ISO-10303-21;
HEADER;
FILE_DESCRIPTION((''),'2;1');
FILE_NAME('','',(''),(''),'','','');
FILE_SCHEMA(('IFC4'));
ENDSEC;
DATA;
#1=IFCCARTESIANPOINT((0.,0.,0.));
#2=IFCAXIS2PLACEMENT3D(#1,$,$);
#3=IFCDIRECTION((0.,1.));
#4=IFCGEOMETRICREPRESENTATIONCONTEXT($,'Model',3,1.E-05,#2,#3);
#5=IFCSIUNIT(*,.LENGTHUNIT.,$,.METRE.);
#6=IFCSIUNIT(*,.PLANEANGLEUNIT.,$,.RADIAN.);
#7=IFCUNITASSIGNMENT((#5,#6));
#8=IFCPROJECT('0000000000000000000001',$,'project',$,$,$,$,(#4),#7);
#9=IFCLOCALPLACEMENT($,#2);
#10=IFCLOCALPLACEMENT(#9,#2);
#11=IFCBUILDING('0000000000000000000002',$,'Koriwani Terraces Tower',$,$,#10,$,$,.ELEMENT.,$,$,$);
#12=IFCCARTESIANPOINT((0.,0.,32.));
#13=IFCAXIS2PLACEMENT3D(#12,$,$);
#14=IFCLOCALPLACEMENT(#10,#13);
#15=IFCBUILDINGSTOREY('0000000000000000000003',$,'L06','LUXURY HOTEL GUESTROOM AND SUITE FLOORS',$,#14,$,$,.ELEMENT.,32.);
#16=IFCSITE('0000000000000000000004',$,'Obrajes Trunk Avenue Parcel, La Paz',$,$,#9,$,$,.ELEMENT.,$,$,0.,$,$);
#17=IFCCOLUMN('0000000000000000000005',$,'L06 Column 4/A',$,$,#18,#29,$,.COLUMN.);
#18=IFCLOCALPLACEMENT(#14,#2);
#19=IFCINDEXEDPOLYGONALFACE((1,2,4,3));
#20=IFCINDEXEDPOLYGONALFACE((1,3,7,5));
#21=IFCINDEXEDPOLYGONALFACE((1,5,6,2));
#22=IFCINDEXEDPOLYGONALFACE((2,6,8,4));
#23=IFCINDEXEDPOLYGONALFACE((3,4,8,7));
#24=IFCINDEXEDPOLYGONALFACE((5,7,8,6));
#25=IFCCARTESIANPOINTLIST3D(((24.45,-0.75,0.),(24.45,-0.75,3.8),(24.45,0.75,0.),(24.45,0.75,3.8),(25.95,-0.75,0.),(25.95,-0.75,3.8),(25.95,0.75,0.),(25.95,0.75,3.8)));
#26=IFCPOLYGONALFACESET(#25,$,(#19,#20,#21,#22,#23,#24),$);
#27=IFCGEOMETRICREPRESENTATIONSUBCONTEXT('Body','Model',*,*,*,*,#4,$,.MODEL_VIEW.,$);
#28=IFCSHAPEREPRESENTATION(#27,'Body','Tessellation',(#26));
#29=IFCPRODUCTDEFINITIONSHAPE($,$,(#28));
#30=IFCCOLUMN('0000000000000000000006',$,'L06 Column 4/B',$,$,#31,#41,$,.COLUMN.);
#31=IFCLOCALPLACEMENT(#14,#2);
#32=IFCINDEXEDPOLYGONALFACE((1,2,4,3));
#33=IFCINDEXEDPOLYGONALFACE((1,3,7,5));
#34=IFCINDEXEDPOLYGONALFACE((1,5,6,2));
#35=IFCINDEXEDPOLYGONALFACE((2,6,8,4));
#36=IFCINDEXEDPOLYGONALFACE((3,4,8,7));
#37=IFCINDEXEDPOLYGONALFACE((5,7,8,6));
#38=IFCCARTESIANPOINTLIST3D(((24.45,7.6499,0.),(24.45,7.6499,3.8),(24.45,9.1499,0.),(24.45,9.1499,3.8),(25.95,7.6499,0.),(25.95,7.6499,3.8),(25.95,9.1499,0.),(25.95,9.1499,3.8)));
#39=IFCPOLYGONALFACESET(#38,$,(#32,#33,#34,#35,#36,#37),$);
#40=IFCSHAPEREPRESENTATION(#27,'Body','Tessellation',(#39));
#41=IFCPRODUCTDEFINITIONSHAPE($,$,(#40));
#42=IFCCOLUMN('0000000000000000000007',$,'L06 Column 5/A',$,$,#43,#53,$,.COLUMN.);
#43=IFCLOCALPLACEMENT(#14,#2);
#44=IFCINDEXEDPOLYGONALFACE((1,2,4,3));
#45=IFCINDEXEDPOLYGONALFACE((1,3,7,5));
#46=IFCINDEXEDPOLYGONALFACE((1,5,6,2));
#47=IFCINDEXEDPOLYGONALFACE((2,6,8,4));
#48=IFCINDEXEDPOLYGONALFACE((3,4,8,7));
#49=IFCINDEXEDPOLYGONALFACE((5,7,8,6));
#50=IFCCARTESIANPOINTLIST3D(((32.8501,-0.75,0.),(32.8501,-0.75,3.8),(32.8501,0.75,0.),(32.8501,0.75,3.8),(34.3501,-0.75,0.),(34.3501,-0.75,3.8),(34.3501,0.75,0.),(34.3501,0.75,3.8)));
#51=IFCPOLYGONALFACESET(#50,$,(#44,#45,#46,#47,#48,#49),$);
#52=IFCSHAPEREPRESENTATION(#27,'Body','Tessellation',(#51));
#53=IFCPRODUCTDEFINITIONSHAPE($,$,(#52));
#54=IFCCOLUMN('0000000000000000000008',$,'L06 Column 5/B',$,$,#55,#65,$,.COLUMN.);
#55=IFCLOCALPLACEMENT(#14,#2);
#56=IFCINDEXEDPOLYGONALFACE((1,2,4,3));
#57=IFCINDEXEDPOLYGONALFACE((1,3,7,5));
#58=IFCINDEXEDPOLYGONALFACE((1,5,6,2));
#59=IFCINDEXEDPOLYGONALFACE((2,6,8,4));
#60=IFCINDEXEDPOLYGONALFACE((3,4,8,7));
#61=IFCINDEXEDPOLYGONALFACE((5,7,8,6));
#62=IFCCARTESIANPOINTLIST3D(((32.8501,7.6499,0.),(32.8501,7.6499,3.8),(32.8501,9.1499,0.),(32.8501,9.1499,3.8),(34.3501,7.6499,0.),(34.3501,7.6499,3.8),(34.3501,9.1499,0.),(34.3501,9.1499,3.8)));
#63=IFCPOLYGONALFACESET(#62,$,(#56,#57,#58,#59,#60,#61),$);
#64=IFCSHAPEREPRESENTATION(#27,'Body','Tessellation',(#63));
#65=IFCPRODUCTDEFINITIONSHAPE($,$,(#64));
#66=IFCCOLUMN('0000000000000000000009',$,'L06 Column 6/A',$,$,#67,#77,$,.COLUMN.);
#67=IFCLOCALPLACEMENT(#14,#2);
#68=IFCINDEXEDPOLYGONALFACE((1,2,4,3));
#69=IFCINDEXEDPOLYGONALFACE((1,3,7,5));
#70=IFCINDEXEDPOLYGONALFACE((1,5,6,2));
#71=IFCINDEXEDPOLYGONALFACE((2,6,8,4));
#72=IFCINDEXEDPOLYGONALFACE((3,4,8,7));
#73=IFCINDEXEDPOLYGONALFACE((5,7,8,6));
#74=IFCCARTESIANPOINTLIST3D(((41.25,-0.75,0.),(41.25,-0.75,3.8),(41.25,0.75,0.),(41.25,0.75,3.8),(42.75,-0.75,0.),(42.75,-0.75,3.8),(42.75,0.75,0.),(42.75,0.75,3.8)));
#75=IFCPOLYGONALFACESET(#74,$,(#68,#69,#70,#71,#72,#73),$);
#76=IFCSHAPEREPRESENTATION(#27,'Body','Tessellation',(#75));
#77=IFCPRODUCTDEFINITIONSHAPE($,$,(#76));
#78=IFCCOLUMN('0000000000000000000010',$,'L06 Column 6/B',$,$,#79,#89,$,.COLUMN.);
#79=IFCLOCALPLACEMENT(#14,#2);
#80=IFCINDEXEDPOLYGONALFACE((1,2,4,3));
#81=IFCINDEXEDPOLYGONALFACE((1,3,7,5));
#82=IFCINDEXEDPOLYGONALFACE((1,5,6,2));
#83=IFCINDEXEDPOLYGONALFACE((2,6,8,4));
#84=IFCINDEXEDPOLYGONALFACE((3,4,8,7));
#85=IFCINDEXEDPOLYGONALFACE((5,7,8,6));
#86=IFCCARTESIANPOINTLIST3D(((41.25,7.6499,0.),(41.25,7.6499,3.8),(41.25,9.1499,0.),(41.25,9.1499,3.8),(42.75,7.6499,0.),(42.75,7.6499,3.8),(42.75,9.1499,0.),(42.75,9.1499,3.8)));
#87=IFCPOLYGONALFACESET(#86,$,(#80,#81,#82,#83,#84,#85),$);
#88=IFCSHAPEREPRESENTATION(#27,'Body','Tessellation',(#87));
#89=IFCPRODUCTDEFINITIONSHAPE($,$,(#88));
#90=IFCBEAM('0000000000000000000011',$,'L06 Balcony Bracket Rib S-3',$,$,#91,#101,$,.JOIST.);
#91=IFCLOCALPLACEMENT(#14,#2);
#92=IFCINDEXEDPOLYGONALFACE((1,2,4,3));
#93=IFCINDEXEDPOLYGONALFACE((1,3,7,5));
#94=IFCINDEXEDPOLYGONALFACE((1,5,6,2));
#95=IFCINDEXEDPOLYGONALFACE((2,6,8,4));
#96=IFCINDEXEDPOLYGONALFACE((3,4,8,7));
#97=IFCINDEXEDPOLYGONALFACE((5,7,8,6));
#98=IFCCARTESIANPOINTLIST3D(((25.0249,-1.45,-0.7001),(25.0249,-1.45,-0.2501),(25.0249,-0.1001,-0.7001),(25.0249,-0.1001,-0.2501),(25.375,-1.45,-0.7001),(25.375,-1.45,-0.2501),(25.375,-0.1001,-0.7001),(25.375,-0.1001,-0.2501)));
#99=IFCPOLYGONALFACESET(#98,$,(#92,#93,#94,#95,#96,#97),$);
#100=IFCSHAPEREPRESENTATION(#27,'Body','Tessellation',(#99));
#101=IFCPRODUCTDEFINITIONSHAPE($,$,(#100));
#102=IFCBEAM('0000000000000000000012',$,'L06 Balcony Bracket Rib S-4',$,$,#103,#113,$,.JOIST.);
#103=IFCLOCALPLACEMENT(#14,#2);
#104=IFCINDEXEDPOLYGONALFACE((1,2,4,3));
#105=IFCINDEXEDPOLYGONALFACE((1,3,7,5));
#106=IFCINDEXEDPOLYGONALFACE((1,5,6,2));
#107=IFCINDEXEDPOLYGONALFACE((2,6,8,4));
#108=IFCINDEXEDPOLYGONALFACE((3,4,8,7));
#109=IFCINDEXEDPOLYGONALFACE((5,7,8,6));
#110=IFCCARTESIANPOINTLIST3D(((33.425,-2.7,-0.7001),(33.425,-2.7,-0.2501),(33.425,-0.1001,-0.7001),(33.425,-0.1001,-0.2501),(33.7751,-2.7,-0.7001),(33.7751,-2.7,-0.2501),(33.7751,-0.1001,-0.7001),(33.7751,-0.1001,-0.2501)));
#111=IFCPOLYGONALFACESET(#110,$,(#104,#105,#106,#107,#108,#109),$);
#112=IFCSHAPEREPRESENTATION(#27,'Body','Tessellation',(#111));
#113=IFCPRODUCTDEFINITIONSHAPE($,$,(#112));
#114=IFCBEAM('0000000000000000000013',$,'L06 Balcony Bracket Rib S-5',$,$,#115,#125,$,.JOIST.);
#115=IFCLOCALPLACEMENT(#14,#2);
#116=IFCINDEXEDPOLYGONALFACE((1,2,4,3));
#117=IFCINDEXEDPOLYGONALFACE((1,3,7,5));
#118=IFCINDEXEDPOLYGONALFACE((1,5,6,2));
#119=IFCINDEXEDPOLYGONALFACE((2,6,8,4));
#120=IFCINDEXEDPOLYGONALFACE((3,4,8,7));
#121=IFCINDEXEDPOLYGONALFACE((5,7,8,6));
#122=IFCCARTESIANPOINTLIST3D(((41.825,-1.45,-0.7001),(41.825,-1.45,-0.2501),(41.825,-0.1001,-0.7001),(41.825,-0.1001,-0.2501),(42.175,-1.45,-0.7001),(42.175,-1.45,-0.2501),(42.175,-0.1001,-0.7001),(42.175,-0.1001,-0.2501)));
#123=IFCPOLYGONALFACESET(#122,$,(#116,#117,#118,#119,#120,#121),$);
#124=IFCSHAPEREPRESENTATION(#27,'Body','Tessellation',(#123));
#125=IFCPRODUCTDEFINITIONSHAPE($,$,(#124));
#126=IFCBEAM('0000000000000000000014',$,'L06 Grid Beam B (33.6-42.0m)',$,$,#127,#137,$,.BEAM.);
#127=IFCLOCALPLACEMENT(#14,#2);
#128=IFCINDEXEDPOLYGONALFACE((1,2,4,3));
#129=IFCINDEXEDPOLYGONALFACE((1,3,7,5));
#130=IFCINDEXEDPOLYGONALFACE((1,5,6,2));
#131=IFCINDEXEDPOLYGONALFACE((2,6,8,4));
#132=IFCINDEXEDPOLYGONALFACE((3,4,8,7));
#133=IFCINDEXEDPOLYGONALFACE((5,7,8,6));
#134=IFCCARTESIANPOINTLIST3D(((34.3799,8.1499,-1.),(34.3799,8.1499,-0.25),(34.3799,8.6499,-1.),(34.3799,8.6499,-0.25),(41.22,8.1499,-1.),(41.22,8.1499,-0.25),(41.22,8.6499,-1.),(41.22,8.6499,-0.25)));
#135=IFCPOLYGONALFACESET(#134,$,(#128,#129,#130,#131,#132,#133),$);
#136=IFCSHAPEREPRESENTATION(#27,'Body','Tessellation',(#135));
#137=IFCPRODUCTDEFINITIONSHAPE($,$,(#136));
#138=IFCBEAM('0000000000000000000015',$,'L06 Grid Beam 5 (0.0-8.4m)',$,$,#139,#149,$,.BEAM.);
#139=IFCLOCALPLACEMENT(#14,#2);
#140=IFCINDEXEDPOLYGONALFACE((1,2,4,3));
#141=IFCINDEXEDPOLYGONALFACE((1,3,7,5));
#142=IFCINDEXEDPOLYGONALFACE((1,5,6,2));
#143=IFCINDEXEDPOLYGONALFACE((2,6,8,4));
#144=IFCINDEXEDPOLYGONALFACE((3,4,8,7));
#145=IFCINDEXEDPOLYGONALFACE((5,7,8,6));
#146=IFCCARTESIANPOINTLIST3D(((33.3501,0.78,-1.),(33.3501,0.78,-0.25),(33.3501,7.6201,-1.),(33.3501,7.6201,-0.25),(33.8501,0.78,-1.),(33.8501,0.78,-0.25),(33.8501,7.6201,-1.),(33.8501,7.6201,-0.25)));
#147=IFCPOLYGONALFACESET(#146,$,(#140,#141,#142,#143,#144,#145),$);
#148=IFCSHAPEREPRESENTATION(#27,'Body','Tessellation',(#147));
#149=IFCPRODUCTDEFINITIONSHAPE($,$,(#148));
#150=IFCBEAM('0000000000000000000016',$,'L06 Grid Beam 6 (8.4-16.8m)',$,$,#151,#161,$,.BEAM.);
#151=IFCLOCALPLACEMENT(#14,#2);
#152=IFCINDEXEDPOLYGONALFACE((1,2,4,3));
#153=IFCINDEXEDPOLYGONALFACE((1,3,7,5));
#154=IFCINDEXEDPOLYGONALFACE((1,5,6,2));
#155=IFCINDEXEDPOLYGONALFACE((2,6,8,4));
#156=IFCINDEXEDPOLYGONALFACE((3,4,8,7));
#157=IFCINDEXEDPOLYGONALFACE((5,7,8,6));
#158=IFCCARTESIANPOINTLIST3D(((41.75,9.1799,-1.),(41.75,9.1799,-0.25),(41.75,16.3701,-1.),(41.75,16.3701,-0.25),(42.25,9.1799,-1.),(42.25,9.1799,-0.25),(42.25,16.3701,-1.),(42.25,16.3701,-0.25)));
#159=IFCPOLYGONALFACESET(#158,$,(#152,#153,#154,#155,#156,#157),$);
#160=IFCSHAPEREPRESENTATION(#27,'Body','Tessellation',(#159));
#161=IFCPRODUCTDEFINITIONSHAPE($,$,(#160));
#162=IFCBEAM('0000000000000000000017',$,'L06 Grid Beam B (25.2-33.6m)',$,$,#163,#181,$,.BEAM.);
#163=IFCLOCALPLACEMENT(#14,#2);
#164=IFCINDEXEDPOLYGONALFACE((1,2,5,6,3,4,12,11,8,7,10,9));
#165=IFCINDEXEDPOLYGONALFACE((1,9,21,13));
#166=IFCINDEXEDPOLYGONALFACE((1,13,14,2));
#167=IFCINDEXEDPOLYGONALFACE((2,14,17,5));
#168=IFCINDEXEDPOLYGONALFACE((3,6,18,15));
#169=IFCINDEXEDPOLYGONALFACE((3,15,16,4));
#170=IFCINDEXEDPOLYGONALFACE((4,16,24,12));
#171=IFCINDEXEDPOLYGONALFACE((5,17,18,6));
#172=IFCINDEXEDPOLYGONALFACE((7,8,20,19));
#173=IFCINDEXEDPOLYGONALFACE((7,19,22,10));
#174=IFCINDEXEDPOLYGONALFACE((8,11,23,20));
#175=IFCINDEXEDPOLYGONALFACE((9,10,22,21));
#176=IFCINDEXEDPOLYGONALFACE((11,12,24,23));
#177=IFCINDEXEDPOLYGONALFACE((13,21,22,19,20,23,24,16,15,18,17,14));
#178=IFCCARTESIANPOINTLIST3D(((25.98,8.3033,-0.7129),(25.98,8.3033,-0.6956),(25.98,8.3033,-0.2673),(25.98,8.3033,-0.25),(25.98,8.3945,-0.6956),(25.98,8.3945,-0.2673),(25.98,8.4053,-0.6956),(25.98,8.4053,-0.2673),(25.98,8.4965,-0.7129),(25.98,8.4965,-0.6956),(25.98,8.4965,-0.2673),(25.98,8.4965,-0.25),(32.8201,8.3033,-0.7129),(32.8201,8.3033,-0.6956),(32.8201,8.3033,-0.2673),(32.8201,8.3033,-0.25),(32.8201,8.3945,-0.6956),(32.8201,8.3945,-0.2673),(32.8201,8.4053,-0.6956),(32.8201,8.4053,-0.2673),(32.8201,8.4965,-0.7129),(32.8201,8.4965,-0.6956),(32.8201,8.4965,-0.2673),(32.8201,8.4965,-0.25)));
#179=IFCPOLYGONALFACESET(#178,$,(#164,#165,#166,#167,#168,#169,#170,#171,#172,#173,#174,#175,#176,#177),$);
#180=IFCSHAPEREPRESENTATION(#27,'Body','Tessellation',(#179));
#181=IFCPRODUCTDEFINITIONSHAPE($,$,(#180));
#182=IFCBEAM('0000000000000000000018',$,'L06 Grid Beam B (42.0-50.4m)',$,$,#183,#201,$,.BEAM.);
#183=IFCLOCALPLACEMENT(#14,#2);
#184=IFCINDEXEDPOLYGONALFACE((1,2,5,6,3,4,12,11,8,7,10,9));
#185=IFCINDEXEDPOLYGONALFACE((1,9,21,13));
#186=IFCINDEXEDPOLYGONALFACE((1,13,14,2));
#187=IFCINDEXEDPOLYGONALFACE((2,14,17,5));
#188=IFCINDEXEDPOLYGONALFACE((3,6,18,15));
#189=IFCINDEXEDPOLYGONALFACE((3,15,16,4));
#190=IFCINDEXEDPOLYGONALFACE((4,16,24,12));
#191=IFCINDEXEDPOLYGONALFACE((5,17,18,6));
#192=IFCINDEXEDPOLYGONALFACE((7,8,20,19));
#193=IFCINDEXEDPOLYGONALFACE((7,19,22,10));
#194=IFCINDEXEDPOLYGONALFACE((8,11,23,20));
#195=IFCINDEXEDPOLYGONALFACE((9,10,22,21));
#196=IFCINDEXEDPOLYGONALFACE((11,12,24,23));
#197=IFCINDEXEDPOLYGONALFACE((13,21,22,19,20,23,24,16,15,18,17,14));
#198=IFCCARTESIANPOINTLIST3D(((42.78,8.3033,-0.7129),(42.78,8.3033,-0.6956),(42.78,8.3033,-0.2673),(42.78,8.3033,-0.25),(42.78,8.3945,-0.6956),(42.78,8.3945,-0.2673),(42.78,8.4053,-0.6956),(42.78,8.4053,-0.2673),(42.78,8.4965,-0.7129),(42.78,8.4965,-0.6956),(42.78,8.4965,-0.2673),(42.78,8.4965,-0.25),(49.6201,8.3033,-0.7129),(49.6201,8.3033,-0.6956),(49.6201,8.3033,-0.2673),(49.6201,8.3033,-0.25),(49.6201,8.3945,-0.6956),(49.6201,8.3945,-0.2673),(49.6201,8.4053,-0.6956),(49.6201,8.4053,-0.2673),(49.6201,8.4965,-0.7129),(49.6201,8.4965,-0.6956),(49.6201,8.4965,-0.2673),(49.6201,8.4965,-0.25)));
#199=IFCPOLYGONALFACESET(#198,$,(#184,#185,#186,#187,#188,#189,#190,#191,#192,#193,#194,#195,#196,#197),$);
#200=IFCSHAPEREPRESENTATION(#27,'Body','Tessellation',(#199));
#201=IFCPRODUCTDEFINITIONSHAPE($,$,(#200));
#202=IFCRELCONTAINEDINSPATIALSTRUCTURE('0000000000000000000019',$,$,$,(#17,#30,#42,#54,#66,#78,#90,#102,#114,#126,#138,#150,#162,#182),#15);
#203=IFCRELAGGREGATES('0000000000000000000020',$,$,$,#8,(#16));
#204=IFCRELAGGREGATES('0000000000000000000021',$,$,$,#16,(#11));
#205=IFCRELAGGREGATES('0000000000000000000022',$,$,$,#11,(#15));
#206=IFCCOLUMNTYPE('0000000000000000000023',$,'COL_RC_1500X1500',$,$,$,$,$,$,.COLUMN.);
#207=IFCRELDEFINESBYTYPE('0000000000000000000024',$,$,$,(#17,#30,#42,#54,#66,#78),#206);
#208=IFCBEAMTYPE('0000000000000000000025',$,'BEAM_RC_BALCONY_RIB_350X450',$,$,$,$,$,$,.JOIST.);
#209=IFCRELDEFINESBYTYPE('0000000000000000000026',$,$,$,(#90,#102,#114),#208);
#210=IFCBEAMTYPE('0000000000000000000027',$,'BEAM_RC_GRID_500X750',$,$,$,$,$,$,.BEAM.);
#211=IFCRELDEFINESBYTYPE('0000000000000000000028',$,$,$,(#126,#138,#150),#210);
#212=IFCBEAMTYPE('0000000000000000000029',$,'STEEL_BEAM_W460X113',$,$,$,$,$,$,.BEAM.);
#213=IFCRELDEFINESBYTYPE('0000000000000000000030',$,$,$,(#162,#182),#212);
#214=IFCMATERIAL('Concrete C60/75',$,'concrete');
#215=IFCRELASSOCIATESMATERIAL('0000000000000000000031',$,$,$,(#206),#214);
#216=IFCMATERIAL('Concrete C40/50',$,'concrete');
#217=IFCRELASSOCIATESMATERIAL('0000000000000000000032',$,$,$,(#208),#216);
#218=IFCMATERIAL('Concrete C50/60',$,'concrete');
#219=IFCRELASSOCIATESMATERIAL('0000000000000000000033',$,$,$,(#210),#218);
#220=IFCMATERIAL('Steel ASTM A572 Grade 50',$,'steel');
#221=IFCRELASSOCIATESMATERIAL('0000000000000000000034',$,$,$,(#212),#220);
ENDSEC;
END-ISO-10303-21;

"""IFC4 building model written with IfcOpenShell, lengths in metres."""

from ifc_helpers import new_model, si_unit, direction, frame, origin, origin_2d, place, context, subcontext, project, spatial, rectangle, i_section, extrude, material, material_profile, profile_set, type_object, element, save


model = new_model("IFC4")

# Units and contexts
model_context = context("Model", 3, precision=1e-05, world=origin(), true_north=direction((0.0, 1.0)))
body_context = subcontext(model_context, "Body", "Model", "MODEL_VIEW")
ifc_project = project(units=[si_unit("LENGTHUNIT", "METRE"), si_unit("PLANEANGLEUNIT", "RADIAN")], contexts=[model_context])

# Site, building, storey
site_placement = place(None, origin())
site = spatial("IfcSite", under=ifc_project, at=site_placement, Name="Obrajes Trunk Avenue Parcel, La Paz", CompositionType="ELEMENT", RefElevation=0.0)
building_placement = place(site_placement, origin())
building = spatial("IfcBuilding", under=site, at=building_placement, Name="Koriwani Terraces Tower", CompositionType="ELEMENT")
storey_placement = place(building_placement, frame((0.0, 0.0, 32.0)))
storey = spatial("IfcBuildingStorey", under=building, at=storey_placement, Name="L06", Description="LUXURY HOTEL GUESTROOM AND SUITE FLOORS", CompositionType="ELEMENT", Elevation=32.0)

# Columns
ifc_material_1 = material(Name="Concrete C60/75", Category="concrete")
ifc_material_profile_1 = material_profile(ifc_material_1, rectangle(XDim=1.5, YDim=1.5, at=origin_2d()), Name="Concrete C60/75", Category="LoadBearing")
ifc_profile_set_1 = profile_set([ifc_material_profile_1], Name="Concrete C60/75")
column_type = type_object("IfcColumnType", Name="COL_RC_1500X1500", PredefinedType="COLUMN", material=ifc_profile_set_1)
for number, where, z_axis, x_axis, name in (
    (1, (25.2, 0.0, 0.0), (0.0, 0.0, 1.0), (1.0, 0.0, 0.0), "L06 Column 4/A"),
    (2, (25.2, 8.3999, 0.0), (0.0, 0.0, 1.0), (1.0, 0.0, 0.0), "L06 Column 4/B"),
    (3, (33.6001, 0.0, 0.0), (0.0, 0.0, 1.0), (1.0, 0.0, 0.0), "L06 Column 5/A"),
    (4, (33.6001, 8.3999, 0.0), (0.0, 0.0, 1.0), (1.0, 0.0, 0.0), "L06 Column 5/B"),
    (5, (42.0, 0.0, 0.0), (0.0, 0.0, 1.0), (1.0, 0.0, 0.0), "L06 Column 6/A"),
    (6, (42.0, 8.3999, 0.0), (0.0, 0.0, 1.0), (1.0, 0.0, 0.0), "L06 Column 6/B"),
):
    element("IfcColumn", number, at=place(storey_placement, frame(where, z_axis=z_axis, x_axis=x_axis)), inside=storey, type_object=column_type, Name=name, PredefinedType="COLUMN", context=body_context, shape_type="SweptSolid", body=[
        extrude(rectangle(XDim=1.5, YDim=1.5, at=origin_2d()), origin(), (0.0, 0.0, 1.0), 3.8),
    ])

# Beams
ifc_material_2 = material(Name="Concrete C40/50", Category="concrete")
ifc_material_profile_2 = material_profile(ifc_material_2, rectangle(XDim=0.3501, YDim=0.45, at=origin_2d()), Name="Concrete C40/50", Category="LoadBearing")
ifc_profile_set_2 = profile_set([ifc_material_profile_2], Name="Concrete C40/50")
beam_type_1 = type_object("IfcBeamType", Name="BEAM_RC_BALCONY_RIB_350X450", PredefinedType="JOIST", material=ifc_profile_set_2)
beam_1_placement = place(storey_placement, frame((25.2, -1.45, -0.4751), z_axis=(0.0, 1.0, 0.0), x_axis=(-1.0, 0.0, 0.0)))
element("IfcBeam", 7, at=beam_1_placement, inside=storey, type_object=beam_type_1, Name="L06 Balcony Bracket Rib S-3", PredefinedType="JOIST", context=body_context, shape_type="SweptSolid", body=[
    extrude(rectangle(XDim=0.3501, YDim=0.45, at=origin_2d()), origin(), (0.0, 0.0, 1.0), 1.3499),
])
beam_2_placement = place(storey_placement, frame((33.6001, -2.7, -0.4751), z_axis=(0.0, 1.0, 0.0), x_axis=(-1.0, 0.0, 0.0)))
element("IfcBeam", 8, at=beam_2_placement, inside=storey, type_object=beam_type_1, Name="L06 Balcony Bracket Rib S-4", PredefinedType="JOIST", context=body_context, shape_type="SweptSolid", body=[
    extrude(rectangle(XDim=0.3501, YDim=0.45, at=origin_2d()), origin(), (0.0, 0.0, 1.0), 2.5999),
])
beam_3_placement = place(storey_placement, frame((42.0, -1.45, -0.4751), z_axis=(0.0, 1.0, 0.0), x_axis=(-1.0, 0.0, 0.0)))
element("IfcBeam", 9, at=beam_3_placement, inside=storey, type_object=beam_type_1, Name="L06 Balcony Bracket Rib S-5", PredefinedType="JOIST", context=body_context, shape_type="SweptSolid", body=[
    extrude(rectangle(XDim=0.3501, YDim=0.45, at=origin_2d()), origin(), (0.0, 0.0, 1.0), 1.3499),
])
ifc_material_3 = material(Name="Concrete C50/60", Category="concrete")
ifc_material_profile_3 = material_profile(ifc_material_3, rectangle(XDim=0.5, YDim=0.75, at=origin_2d()), Name="Concrete C50/60", Category="LoadBearing")
ifc_profile_set_3 = profile_set([ifc_material_profile_3], Name="Concrete C50/60")
beam_type_2 = type_object("IfcBeamType", Name="BEAM_RC_GRID_500X750", PredefinedType="BEAM", material=ifc_profile_set_3)
for number, where, z_axis, x_axis, name in (
    (10, (34.3799, 8.3999, -0.625), (1.0, 0.0, 0.0), (0.0, 1.0, 0.0), "L06 Grid Beam B (33.6-42.0m)"),
    (11, (33.6001, 0.78, -0.625), (0.0, 1.0, 0.0), (-1.0, 0.0, 0.0), "L06 Grid Beam 5 (0.0-8.4m)"),
):
    element("IfcBeam", number, at=place(storey_placement, frame(where, z_axis=z_axis, x_axis=x_axis)), inside=storey, type_object=beam_type_2, Name=name, PredefinedType="BEAM", context=body_context, shape_type="SweptSolid", body=[
        extrude(rectangle(XDim=0.5, YDim=0.75, at=origin_2d()), origin(), (0.0, 0.0, 1.0), 6.8401),
    ])
beam_4_placement = place(storey_placement, frame((42.0, 9.1799, -0.625), z_axis=(0.0, 1.0, 0.0), x_axis=(-1.0, 0.0, 0.0)))
element("IfcBeam", 12, at=beam_4_placement, inside=storey, type_object=beam_type_2, Name="L06 Grid Beam 6 (8.4-16.8m)", PredefinedType="BEAM", context=body_context, shape_type="SweptSolid", body=[
    extrude(rectangle(XDim=0.5, YDim=0.75, at=origin_2d()), origin(), (0.0, 0.0, 1.0), 7.1902),
])
ifc_material_4 = material(Name="Steel ASTM A572 Grade 50", Category="steel")
ifc_material_profile_4 = material_profile(ifc_material_4, i_section(OverallWidth=0.1931, OverallDepth=0.4629, WebThickness=0.0107, FlangeThickness=0.0173, at=origin_2d()), Name="Steel ASTM A572 Grade 50", Category="LoadBearing")
ifc_profile_set_4 = profile_set([ifc_material_profile_4], Name="Steel ASTM A572 Grade 50")
beam_type_3 = type_object("IfcBeamType", Name="STEEL_BEAM_W460X113", PredefinedType="BEAM", material=ifc_profile_set_4)
for number, where, z_axis, x_axis, name in (
    (13, (25.98, 8.3999, -0.4814), (1.0, 0.0, 0.0), (0.0, 1.0, 0.0), "L06 Grid Beam B (25.2-33.6m)"),
    (14, (42.78, 8.3999, -0.4814), (1.0, 0.0, 0.0), (0.0, 1.0, 0.0), "L06 Grid Beam B (42.0-50.4m)"),
):
    element("IfcBeam", number, at=place(storey_placement, frame(where, z_axis=z_axis, x_axis=x_axis)), inside=storey, type_object=beam_type_3, Name=name, PredefinedType="BEAM", context=body_context, shape_type="SweptSolid", body=[
        extrude(i_section(OverallWidth=0.1931, OverallDepth=0.4629, WebThickness=0.0107, FlangeThickness=0.0173, at=origin_2d()), origin(), (0.0, 0.0, 1.0), 6.8401),
    ])

save(model, "model.ifc")
